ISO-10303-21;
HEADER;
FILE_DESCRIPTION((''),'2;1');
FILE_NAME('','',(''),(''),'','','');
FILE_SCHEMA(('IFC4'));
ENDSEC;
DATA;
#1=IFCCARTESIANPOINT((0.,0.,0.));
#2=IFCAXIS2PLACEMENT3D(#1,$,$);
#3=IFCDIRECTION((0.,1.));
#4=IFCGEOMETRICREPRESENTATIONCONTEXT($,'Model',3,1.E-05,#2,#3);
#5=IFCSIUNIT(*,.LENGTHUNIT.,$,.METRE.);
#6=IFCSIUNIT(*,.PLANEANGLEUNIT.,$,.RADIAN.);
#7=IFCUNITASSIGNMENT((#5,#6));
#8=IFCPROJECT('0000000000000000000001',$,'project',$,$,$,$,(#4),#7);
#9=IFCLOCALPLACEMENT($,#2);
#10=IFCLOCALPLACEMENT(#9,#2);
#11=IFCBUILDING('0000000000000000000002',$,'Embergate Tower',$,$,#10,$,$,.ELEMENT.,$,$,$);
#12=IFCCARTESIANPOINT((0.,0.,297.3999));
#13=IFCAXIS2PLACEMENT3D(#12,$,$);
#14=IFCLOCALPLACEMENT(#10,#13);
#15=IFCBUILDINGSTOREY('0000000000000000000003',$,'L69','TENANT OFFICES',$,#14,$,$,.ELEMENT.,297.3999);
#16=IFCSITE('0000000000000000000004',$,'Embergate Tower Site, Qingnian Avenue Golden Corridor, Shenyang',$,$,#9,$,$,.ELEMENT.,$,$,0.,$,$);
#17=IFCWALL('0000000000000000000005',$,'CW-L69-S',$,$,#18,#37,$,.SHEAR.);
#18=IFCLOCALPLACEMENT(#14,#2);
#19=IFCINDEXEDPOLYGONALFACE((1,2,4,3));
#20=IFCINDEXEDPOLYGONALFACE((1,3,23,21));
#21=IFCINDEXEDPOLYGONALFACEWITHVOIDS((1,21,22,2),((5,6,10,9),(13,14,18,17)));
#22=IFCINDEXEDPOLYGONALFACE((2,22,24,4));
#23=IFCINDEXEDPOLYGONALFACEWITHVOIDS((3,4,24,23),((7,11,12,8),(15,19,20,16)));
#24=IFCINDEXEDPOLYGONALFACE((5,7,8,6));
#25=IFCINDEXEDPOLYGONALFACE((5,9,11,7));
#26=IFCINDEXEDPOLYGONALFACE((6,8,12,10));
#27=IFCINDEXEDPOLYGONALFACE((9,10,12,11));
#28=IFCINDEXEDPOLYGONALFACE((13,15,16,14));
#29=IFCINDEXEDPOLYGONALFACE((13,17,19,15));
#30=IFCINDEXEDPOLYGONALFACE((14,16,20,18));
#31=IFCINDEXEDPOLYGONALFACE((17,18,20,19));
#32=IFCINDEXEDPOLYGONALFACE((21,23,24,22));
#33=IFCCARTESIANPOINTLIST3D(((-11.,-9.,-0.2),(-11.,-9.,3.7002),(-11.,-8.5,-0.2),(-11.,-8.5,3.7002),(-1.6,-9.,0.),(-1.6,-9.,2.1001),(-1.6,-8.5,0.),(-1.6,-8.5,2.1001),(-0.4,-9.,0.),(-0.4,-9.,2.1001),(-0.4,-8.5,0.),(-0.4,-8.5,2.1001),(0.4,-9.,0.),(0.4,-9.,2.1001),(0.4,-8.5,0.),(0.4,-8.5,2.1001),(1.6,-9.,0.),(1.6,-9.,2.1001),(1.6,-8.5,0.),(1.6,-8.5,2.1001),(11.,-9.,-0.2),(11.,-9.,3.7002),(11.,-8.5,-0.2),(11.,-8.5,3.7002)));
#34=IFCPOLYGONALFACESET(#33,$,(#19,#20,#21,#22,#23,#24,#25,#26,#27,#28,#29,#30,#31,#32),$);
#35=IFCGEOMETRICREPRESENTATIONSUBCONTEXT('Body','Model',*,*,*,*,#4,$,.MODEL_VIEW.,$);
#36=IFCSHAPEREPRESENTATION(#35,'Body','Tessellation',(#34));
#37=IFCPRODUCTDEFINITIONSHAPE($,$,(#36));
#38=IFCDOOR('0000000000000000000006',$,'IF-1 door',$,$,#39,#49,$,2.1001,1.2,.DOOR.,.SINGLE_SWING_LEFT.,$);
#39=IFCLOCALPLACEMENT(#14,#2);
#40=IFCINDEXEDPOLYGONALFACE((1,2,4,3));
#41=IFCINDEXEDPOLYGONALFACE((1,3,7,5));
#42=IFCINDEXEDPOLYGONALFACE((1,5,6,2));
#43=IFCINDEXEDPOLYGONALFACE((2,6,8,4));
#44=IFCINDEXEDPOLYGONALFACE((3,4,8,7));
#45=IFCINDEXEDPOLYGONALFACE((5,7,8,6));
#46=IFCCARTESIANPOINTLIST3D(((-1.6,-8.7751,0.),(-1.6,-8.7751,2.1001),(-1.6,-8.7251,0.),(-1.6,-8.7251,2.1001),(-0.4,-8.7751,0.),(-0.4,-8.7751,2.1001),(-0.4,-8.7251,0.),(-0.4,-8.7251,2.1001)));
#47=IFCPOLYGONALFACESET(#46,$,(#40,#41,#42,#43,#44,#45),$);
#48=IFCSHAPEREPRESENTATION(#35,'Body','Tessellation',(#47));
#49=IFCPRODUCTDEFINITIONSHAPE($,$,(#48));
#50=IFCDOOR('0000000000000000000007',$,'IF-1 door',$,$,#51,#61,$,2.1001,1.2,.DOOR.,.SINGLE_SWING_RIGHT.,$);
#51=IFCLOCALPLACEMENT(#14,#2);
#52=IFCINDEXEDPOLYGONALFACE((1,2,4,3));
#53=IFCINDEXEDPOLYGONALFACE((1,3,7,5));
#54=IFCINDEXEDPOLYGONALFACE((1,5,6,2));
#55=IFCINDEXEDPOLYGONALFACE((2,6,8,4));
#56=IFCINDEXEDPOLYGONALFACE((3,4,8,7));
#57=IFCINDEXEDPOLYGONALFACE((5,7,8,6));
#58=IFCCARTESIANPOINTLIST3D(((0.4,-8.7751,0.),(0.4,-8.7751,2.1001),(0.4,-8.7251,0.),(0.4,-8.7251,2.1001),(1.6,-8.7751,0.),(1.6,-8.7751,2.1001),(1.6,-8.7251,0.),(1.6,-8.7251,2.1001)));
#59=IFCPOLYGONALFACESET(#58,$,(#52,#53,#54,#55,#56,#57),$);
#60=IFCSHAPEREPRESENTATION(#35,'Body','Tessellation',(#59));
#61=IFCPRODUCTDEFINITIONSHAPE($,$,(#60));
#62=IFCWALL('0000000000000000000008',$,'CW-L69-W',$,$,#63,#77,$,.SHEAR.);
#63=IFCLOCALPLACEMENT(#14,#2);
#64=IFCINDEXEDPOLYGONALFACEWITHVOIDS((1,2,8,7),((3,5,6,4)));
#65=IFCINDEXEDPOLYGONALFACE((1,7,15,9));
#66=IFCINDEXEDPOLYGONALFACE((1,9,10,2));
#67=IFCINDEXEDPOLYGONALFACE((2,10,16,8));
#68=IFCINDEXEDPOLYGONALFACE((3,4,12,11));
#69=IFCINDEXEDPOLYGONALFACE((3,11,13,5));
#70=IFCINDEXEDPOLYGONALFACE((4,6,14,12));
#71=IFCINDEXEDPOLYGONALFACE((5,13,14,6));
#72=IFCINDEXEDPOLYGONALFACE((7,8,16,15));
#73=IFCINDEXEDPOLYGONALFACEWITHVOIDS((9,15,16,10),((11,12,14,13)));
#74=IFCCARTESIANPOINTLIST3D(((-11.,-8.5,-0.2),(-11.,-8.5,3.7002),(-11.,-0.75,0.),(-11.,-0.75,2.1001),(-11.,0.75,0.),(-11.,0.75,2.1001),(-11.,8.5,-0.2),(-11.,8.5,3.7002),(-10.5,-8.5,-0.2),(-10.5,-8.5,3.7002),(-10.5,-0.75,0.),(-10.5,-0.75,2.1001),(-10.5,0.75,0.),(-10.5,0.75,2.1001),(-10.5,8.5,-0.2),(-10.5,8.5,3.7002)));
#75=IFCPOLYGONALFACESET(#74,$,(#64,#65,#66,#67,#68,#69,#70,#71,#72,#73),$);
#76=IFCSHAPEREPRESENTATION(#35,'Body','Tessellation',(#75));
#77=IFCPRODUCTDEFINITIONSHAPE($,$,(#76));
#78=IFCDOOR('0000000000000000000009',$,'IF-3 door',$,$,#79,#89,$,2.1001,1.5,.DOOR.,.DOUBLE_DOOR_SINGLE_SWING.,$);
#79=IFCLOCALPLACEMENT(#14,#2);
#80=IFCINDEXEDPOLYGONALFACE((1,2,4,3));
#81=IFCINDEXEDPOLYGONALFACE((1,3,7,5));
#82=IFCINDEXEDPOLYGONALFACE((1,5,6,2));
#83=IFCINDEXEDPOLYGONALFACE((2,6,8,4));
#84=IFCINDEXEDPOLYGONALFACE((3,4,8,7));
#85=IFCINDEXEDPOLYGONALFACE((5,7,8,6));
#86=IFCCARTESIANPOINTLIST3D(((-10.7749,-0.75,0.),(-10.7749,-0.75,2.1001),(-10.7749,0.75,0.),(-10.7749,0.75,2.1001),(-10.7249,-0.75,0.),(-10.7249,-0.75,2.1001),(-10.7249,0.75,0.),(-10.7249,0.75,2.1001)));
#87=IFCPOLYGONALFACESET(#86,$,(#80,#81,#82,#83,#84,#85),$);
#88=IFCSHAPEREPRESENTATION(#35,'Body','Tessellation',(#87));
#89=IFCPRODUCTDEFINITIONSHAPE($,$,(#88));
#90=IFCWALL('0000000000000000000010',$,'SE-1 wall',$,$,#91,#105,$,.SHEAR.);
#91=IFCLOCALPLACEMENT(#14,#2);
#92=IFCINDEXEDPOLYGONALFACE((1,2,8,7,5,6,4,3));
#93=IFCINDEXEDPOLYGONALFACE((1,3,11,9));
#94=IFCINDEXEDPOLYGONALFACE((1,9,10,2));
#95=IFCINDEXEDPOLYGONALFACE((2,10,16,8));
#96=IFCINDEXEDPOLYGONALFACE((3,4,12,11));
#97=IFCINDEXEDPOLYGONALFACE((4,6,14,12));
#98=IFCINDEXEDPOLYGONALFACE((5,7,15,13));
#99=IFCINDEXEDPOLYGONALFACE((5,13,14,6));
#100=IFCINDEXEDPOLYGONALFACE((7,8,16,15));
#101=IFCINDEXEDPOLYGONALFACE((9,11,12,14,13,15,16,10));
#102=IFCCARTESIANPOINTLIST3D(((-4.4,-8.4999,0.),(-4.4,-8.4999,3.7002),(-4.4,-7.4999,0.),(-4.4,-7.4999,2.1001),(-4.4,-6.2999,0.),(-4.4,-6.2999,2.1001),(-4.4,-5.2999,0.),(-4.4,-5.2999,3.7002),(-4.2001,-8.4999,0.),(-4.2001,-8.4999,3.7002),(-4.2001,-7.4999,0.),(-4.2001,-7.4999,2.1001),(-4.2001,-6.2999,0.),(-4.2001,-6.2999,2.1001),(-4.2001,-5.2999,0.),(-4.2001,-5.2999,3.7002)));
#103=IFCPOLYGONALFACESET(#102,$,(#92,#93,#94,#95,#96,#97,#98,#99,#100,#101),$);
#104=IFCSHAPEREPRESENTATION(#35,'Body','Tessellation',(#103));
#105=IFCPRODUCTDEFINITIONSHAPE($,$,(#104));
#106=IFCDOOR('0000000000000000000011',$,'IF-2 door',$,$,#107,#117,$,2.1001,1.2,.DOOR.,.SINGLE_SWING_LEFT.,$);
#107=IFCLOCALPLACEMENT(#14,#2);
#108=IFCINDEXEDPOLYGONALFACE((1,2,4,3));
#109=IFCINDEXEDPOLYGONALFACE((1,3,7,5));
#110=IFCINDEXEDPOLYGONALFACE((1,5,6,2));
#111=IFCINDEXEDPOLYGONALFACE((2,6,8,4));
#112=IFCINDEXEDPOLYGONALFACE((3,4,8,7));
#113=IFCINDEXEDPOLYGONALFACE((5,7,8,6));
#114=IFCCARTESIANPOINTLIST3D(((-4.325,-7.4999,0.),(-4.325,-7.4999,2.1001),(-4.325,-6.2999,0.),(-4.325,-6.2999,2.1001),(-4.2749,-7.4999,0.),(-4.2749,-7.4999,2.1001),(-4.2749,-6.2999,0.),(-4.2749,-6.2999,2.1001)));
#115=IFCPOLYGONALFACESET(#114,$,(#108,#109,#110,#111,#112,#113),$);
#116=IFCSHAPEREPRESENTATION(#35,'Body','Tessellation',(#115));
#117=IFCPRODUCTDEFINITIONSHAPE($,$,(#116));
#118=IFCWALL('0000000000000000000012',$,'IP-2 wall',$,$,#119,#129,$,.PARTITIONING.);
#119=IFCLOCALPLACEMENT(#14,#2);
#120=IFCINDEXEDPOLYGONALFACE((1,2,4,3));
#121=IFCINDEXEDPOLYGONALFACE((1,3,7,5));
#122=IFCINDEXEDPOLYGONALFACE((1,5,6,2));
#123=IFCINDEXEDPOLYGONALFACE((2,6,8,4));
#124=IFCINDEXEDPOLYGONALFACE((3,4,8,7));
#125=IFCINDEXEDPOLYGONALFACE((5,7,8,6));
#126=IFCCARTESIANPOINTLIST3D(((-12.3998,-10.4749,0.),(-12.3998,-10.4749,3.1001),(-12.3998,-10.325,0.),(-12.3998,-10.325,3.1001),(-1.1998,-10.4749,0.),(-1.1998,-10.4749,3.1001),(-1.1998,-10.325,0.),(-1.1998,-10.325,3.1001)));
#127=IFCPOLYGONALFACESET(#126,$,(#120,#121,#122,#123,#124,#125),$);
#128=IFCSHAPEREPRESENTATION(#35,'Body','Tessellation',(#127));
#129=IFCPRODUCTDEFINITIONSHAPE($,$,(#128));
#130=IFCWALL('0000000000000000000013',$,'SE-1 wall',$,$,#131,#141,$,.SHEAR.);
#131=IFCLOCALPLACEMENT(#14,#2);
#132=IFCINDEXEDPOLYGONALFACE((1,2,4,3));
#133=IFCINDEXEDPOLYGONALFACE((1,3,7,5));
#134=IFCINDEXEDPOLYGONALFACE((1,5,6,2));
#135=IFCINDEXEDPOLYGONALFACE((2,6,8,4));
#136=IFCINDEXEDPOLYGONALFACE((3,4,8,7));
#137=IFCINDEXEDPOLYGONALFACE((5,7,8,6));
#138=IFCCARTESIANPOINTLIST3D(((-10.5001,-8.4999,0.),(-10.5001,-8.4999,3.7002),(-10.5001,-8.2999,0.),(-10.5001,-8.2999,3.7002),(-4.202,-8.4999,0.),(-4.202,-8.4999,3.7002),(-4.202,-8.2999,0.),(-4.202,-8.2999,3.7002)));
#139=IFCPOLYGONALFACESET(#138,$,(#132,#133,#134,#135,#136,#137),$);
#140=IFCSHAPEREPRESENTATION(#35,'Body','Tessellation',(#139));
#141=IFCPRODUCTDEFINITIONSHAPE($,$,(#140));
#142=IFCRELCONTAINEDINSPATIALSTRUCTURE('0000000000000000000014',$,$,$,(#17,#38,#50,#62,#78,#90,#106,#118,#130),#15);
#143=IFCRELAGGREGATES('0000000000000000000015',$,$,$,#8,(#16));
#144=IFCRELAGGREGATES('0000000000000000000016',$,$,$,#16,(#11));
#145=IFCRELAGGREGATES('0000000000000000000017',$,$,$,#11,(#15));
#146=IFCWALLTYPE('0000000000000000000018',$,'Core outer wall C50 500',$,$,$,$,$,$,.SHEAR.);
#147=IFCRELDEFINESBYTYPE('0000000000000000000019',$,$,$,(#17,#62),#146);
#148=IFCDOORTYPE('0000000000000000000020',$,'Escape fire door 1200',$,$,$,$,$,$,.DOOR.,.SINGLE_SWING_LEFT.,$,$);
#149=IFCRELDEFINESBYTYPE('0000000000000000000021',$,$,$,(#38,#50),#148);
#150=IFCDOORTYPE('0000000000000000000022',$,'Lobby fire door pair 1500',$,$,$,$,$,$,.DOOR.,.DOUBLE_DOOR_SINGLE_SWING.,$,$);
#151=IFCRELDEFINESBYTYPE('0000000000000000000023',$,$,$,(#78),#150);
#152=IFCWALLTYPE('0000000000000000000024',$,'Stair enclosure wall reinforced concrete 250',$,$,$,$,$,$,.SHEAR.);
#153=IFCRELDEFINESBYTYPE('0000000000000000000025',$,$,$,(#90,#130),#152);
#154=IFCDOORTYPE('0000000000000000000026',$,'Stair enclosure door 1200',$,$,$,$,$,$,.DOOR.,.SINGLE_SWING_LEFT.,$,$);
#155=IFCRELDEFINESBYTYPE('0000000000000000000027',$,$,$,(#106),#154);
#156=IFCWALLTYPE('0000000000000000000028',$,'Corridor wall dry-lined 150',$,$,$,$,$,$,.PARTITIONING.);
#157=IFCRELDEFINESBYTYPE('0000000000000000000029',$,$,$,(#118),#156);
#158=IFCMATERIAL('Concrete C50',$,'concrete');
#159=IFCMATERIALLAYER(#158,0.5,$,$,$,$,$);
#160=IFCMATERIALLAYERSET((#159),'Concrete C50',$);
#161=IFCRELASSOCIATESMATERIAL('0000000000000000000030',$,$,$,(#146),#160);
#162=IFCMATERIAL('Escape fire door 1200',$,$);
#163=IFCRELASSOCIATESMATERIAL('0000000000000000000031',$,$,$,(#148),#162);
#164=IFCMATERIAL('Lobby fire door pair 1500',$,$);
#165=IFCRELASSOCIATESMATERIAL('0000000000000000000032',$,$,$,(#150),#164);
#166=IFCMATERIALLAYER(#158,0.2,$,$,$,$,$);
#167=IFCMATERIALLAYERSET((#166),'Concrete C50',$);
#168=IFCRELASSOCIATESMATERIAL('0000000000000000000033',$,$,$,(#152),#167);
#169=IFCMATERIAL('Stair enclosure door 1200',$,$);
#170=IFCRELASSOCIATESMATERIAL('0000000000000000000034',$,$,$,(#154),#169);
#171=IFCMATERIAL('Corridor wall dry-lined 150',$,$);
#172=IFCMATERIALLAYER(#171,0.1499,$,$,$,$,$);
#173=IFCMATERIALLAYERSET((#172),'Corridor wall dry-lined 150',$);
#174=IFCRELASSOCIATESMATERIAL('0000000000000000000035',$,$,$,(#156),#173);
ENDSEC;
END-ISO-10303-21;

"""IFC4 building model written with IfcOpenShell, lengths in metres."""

from ifc_helpers import new_model, si_unit, direction, frame, frame_2d, origin, place, context, subcontext, project, spatial, rectangle, extrude, source, transform, mapped, material, layer, layer_set, type_object, element, fill, save


model = new_model("IFC4")

# Units and contexts
model_context = context("Model", 3, precision=1e-05, world=origin(), true_north=direction((0.0, 1.0)))
body_context = subcontext(model_context, "Body", "Model", "MODEL_VIEW")
ifc_project = project(units=[si_unit("LENGTHUNIT", "METRE"), si_unit("PLANEANGLEUNIT", "RADIAN")], contexts=[model_context])

# Site, building, storey
site_placement = place(None, origin())
site = spatial("IfcSite", under=ifc_project, at=site_placement, Name="Embergate Tower Site, Qingnian Avenue Golden Corridor, Shenyang", CompositionType="ELEMENT", RefElevation=0.0)
building_placement = place(site_placement, origin())
building = spatial("IfcBuilding", under=site, at=building_placement, Name="Embergate Tower", CompositionType="ELEMENT")
storey_placement = place(building_placement, frame((0.0, 0.0, 297.3999)))
storey = spatial("IfcBuildingStorey", under=building, at=storey_placement, Name="L69", Description="TENANT OFFICES", CompositionType="ELEMENT", Elevation=297.3999)

# Wall, openings, doors
ifc_material_1 = material(Name="Concrete C50", Category="concrete")
ifc_layer_1 = layer(ifc_material_1, 0.5)
ifc_layer_set_1 = layer_set([ifc_layer_1], Name="Concrete C50")
wall_type_1 = type_object("IfcWallType", Name="Core outer wall C50 500", PredefinedType="SHEAR", material=ifc_layer_set_1)
shared_shape_1 = source(origin(), body_context, "Body", "SweptSolid", [
    extrude(rectangle(XDim=22.0, YDim=0.5, at=frame_2d((11.0, 0.0))), origin(), (0.0, 0.0, 1.0), 3.9001),
])
wall_1_placement = place(storey_placement, frame((-11.0, -8.75, -0.2), z_axis=(0.0, 0.0, 1.0), x_axis=(1.0, 0.0, 0.0)))
wall_1 = element("IfcWall", 1, at=wall_1_placement, inside=storey, type_object=wall_type_1, Name="CW-L69-S", PredefinedType="SHEAR", context=body_context, shape_type="MappedRepresentation", body=[
    mapped(shared_shape_1, transform((0.0, 0.0, 0.0))),
])
shared_shape_2 = source(origin(), body_context, "Body", "SweptSolid", [
    extrude(rectangle(XDim=1.2, YDim=2.1001, at=frame_2d((0.6001, 1.05))), frame((0.0, 0.26, 0.0), z_axis=(0.0, -1.0, 0.0), x_axis=(1.0, 0.0, 0.0)), (0.0, 0.0, 1.0), 0.52),
])
opening_1_placement = place(wall_1_placement, frame((9.3999, 0.0, 0.2)))
opening_1 = element("IfcOpeningElement", 2, at=opening_1_placement, cuts=wall_1, PredefinedType="OPENING", context=body_context, shape_type="MappedRepresentation", body=[
    mapped(shared_shape_2, transform((0.0, 0.0, 0.0))),
])
opening_2_placement = place(wall_1_placement, frame((11.3999, 0.0, 0.2)))
opening_2 = element("IfcOpeningElement", 3, at=opening_2_placement, cuts=wall_1, PredefinedType="OPENING", context=body_context, shape_type="MappedRepresentation", body=[
    mapped(shared_shape_2, transform((0.0, 0.0, 0.0))),
])
ifc_material_2 = material(Name="Escape fire door 1200")
door_type_1 = type_object("IfcDoorType", Name="Escape fire door 1200", OperationType="SINGLE_SWING_LEFT", PredefinedType="DOOR", material=ifc_material_2)
shared_shape_3 = source(origin(), body_context, "Body", "SweptSolid", [
    extrude(rectangle(XDim=1.2, YDim=2.1001, at=frame_2d((0.6001, 1.05))), frame((0.0, 0.0249, 0.0), z_axis=(0.0, -1.0, 0.0), x_axis=(1.0, 0.0, 0.0)), (0.0, 0.0, 1.0), 0.05),
])
door_1_placement = place(opening_1_placement, origin())
door_1 = element("IfcDoor", 4, at=door_1_placement, inside=storey, type_object=door_type_1, Name="IF-1 door", OperationType="SINGLE_SWING_LEFT", OverallHeight=2.1001, OverallWidth=1.2, PredefinedType="DOOR", context=body_context, shape_type="MappedRepresentation", body=[
    mapped(shared_shape_3, transform((0.0, 0.0, 0.0))),
])
fill(opening_1, door_1)
door_2_placement = place(opening_2_placement, origin())
door_2 = element("IfcDoor", 5, at=door_2_placement, inside=storey, type_object=door_type_1, Name="IF-1 door", OperationType="SINGLE_SWING_RIGHT", OverallHeight=2.1001, OverallWidth=1.2, PredefinedType="DOOR", context=body_context, shape_type="MappedRepresentation", body=[
    mapped(shared_shape_3, transform((0.0, 0.0, 0.0))),
])
fill(opening_2, door_2)

# Walls, openings, doors
shared_shape_4 = source(origin(), body_context, "Body", "SweptSolid", [
    extrude(rectangle(XDim=17.0, YDim=0.5, at=frame_2d((8.5, 0.0))), origin(), (0.0, 0.0, 1.0), 3.9001),
])
wall_2_placement = place(storey_placement, frame((-10.75, -8.5, -0.2), z_axis=(0.0, 0.0, 1.0), x_axis=(0.0, 1.0, 0.0)))
wall_2 = element("IfcWall", 6, at=wall_2_placement, inside=storey, type_object=wall_type_1, Name="CW-L69-W", PredefinedType="SHEAR", context=body_context, shape_type="MappedRepresentation", body=[
    mapped(shared_shape_4, transform((0.0, 0.0, 0.0))),
])
shared_shape_5 = source(origin(), body_context, "Body", "SweptSolid", [
    extrude(rectangle(XDim=1.5, YDim=2.1001, at=frame_2d((0.75, 1.05))), frame((0.0, 0.26, 0.0), z_axis=(0.0, -1.0, 0.0), x_axis=(1.0, 0.0, 0.0)), (0.0, 0.0, 1.0), 0.52),
])
opening_3_placement = place(wall_2_placement, frame((7.75, 0.0, 0.2)))
opening_3 = element("IfcOpeningElement", 7, at=opening_3_placement, cuts=wall_2, PredefinedType="OPENING", context=body_context, shape_type="MappedRepresentation", body=[
    mapped(shared_shape_5, transform((0.0, 0.0, 0.0))),
])
ifc_material_3 = material(Name="Lobby fire door pair 1500")
door_type_2 = type_object("IfcDoorType", Name="Lobby fire door pair 1500", OperationType="DOUBLE_DOOR_SINGLE_SWING", PredefinedType="DOOR", material=ifc_material_3)
shared_shape_6 = source(origin(), body_context, "Body", "SweptSolid", [
    extrude(rectangle(XDim=1.5, YDim=2.1001, at=frame_2d((0.75, 1.05))), frame((0.0, 0.0249, 0.0), z_axis=(0.0, -1.0, 0.0), x_axis=(1.0, 0.0, 0.0)), (0.0, 0.0, 1.0), 0.05),
])
door_3_placement = place(opening_3_placement, origin())
door_3 = element("IfcDoor", 8, at=door_3_placement, inside=storey, type_object=door_type_2, Name="IF-3 door", OperationType="DOUBLE_DOOR_SINGLE_SWING", OverallHeight=2.1001, OverallWidth=1.5, PredefinedType="DOOR", context=body_context, shape_type="MappedRepresentation", body=[
    mapped(shared_shape_6, transform((0.0, 0.0, 0.0))),
])
fill(opening_3, door_3)
ifc_layer_2 = layer(ifc_material_1, 0.2)
ifc_layer_set_2 = layer_set([ifc_layer_2], Name="Concrete C50")
wall_type_2 = type_object("IfcWallType", Name="Stair enclosure wall reinforced concrete 250", PredefinedType="SHEAR", material=ifc_layer_set_2)
shared_shape_7 = source(origin(), body_context, "Body", "SweptSolid", [
    extrude(rectangle(XDim=3.2, YDim=0.2, at=frame_2d((1.6001, 0.0))), origin(), (0.0, 0.0, 1.0), 3.7002),
])
wall_3_placement = place(storey_placement, frame((-4.3, -8.5, 0.0), z_axis=(0.0, 0.0, 1.0), x_axis=(0.0, 1.0, 0.0)))
wall_3 = element("IfcWall", 9, at=wall_3_placement, inside=storey, type_object=wall_type_2, Name="SE-1 wall", PredefinedType="SHEAR", context=body_context, shape_type="MappedRepresentation", body=[
    mapped(shared_shape_7, transform((0.0, 0.0, 0.0))),
])
shared_shape_8 = source(origin(), body_context, "Body", "SweptSolid", [
    extrude(rectangle(XDim=1.2, YDim=2.1001, at=frame_2d((0.6001, 1.05))), frame((0.0, 0.1099, 0.0), z_axis=(0.0, -1.0, 0.0), x_axis=(1.0, 0.0, 0.0)), (0.0, 0.0, 1.0), 0.22),
])
opening_4_placement = place(wall_3_placement, frame((1.0, 0.0, 0.0)))
opening_4 = element("IfcOpeningElement", 10, at=opening_4_placement, cuts=wall_3, PredefinedType="OPENING", context=body_context, shape_type="MappedRepresentation", body=[
    mapped(shared_shape_8, transform((0.0, 0.0, 0.0))),
])
ifc_material_4 = material(Name="Stair enclosure door 1200")
door_type_3 = type_object("IfcDoorType", Name="Stair enclosure door 1200", OperationType="SINGLE_SWING_LEFT", PredefinedType="DOOR", material=ifc_material_4)
door_4_placement = place(opening_4_placement, origin())
door_4 = element("IfcDoor", 11, at=door_4_placement, inside=storey, type_object=door_type_3, Name="IF-2 door", OperationType="SINGLE_SWING_LEFT", OverallHeight=2.1001, OverallWidth=1.2, PredefinedType="DOOR", context=body_context, shape_type="MappedRepresentation", body=[
    mapped(shared_shape_3, transform((0.0, 0.0, 0.0))),
])
fill(opening_4, door_4)

# Walls
ifc_material_5 = material(Name="Corridor wall dry-lined 150")
ifc_layer_3 = layer(ifc_material_5, 0.1499)
ifc_layer_set_3 = layer_set([ifc_layer_3], Name="Corridor wall dry-lined 150")
wall_type_3 = type_object("IfcWallType", Name="Corridor wall dry-lined 150", PredefinedType="PARTITIONING", material=ifc_layer_set_3)
shared_shape_9 = source(origin(), body_context, "Body", "SweptSolid", [
    extrude(rectangle(XDim=11.2, YDim=0.1499, at=frame_2d((5.6001, 0.0))), origin(), (0.0, 0.0, 1.0), 3.1001),
])
wall_4_placement = place(storey_placement, frame((-12.3999, -10.3999, 0.0), z_axis=(0.0, 0.0, 1.0), x_axis=(1.0, 0.0, 0.0)))
element("IfcWall", 12, at=wall_4_placement, inside=storey, type_object=wall_type_3, Name="IP-2 wall", PredefinedType="PARTITIONING", context=body_context, shape_type="MappedRepresentation", body=[
    mapped(shared_shape_9, transform((0.0, 0.0, 0.0))),
])
shared_shape_10 = source(origin(), body_context, "Body", "SweptSolid", [
    extrude(rectangle(XDim=6.2981, YDim=0.2, at=frame_2d((3.1489, 0.0))), origin(), (0.0, 0.0, 1.0), 3.7002),
])
wall_5_placement = place(storey_placement, frame((-10.5, -8.3999, 0.0), z_axis=(0.0, 0.0, 1.0), x_axis=(1.0, 0.0, 0.0)))
element("IfcWall", 13, at=wall_5_placement, inside=storey, type_object=wall_type_2, Name="SE-1 wall", PredefinedType="SHEAR", context=body_context, shape_type="MappedRepresentation", body=[
    mapped(shared_shape_10, transform((0.0, 0.0, 0.0))),
])

save(model, "model.ifc")
